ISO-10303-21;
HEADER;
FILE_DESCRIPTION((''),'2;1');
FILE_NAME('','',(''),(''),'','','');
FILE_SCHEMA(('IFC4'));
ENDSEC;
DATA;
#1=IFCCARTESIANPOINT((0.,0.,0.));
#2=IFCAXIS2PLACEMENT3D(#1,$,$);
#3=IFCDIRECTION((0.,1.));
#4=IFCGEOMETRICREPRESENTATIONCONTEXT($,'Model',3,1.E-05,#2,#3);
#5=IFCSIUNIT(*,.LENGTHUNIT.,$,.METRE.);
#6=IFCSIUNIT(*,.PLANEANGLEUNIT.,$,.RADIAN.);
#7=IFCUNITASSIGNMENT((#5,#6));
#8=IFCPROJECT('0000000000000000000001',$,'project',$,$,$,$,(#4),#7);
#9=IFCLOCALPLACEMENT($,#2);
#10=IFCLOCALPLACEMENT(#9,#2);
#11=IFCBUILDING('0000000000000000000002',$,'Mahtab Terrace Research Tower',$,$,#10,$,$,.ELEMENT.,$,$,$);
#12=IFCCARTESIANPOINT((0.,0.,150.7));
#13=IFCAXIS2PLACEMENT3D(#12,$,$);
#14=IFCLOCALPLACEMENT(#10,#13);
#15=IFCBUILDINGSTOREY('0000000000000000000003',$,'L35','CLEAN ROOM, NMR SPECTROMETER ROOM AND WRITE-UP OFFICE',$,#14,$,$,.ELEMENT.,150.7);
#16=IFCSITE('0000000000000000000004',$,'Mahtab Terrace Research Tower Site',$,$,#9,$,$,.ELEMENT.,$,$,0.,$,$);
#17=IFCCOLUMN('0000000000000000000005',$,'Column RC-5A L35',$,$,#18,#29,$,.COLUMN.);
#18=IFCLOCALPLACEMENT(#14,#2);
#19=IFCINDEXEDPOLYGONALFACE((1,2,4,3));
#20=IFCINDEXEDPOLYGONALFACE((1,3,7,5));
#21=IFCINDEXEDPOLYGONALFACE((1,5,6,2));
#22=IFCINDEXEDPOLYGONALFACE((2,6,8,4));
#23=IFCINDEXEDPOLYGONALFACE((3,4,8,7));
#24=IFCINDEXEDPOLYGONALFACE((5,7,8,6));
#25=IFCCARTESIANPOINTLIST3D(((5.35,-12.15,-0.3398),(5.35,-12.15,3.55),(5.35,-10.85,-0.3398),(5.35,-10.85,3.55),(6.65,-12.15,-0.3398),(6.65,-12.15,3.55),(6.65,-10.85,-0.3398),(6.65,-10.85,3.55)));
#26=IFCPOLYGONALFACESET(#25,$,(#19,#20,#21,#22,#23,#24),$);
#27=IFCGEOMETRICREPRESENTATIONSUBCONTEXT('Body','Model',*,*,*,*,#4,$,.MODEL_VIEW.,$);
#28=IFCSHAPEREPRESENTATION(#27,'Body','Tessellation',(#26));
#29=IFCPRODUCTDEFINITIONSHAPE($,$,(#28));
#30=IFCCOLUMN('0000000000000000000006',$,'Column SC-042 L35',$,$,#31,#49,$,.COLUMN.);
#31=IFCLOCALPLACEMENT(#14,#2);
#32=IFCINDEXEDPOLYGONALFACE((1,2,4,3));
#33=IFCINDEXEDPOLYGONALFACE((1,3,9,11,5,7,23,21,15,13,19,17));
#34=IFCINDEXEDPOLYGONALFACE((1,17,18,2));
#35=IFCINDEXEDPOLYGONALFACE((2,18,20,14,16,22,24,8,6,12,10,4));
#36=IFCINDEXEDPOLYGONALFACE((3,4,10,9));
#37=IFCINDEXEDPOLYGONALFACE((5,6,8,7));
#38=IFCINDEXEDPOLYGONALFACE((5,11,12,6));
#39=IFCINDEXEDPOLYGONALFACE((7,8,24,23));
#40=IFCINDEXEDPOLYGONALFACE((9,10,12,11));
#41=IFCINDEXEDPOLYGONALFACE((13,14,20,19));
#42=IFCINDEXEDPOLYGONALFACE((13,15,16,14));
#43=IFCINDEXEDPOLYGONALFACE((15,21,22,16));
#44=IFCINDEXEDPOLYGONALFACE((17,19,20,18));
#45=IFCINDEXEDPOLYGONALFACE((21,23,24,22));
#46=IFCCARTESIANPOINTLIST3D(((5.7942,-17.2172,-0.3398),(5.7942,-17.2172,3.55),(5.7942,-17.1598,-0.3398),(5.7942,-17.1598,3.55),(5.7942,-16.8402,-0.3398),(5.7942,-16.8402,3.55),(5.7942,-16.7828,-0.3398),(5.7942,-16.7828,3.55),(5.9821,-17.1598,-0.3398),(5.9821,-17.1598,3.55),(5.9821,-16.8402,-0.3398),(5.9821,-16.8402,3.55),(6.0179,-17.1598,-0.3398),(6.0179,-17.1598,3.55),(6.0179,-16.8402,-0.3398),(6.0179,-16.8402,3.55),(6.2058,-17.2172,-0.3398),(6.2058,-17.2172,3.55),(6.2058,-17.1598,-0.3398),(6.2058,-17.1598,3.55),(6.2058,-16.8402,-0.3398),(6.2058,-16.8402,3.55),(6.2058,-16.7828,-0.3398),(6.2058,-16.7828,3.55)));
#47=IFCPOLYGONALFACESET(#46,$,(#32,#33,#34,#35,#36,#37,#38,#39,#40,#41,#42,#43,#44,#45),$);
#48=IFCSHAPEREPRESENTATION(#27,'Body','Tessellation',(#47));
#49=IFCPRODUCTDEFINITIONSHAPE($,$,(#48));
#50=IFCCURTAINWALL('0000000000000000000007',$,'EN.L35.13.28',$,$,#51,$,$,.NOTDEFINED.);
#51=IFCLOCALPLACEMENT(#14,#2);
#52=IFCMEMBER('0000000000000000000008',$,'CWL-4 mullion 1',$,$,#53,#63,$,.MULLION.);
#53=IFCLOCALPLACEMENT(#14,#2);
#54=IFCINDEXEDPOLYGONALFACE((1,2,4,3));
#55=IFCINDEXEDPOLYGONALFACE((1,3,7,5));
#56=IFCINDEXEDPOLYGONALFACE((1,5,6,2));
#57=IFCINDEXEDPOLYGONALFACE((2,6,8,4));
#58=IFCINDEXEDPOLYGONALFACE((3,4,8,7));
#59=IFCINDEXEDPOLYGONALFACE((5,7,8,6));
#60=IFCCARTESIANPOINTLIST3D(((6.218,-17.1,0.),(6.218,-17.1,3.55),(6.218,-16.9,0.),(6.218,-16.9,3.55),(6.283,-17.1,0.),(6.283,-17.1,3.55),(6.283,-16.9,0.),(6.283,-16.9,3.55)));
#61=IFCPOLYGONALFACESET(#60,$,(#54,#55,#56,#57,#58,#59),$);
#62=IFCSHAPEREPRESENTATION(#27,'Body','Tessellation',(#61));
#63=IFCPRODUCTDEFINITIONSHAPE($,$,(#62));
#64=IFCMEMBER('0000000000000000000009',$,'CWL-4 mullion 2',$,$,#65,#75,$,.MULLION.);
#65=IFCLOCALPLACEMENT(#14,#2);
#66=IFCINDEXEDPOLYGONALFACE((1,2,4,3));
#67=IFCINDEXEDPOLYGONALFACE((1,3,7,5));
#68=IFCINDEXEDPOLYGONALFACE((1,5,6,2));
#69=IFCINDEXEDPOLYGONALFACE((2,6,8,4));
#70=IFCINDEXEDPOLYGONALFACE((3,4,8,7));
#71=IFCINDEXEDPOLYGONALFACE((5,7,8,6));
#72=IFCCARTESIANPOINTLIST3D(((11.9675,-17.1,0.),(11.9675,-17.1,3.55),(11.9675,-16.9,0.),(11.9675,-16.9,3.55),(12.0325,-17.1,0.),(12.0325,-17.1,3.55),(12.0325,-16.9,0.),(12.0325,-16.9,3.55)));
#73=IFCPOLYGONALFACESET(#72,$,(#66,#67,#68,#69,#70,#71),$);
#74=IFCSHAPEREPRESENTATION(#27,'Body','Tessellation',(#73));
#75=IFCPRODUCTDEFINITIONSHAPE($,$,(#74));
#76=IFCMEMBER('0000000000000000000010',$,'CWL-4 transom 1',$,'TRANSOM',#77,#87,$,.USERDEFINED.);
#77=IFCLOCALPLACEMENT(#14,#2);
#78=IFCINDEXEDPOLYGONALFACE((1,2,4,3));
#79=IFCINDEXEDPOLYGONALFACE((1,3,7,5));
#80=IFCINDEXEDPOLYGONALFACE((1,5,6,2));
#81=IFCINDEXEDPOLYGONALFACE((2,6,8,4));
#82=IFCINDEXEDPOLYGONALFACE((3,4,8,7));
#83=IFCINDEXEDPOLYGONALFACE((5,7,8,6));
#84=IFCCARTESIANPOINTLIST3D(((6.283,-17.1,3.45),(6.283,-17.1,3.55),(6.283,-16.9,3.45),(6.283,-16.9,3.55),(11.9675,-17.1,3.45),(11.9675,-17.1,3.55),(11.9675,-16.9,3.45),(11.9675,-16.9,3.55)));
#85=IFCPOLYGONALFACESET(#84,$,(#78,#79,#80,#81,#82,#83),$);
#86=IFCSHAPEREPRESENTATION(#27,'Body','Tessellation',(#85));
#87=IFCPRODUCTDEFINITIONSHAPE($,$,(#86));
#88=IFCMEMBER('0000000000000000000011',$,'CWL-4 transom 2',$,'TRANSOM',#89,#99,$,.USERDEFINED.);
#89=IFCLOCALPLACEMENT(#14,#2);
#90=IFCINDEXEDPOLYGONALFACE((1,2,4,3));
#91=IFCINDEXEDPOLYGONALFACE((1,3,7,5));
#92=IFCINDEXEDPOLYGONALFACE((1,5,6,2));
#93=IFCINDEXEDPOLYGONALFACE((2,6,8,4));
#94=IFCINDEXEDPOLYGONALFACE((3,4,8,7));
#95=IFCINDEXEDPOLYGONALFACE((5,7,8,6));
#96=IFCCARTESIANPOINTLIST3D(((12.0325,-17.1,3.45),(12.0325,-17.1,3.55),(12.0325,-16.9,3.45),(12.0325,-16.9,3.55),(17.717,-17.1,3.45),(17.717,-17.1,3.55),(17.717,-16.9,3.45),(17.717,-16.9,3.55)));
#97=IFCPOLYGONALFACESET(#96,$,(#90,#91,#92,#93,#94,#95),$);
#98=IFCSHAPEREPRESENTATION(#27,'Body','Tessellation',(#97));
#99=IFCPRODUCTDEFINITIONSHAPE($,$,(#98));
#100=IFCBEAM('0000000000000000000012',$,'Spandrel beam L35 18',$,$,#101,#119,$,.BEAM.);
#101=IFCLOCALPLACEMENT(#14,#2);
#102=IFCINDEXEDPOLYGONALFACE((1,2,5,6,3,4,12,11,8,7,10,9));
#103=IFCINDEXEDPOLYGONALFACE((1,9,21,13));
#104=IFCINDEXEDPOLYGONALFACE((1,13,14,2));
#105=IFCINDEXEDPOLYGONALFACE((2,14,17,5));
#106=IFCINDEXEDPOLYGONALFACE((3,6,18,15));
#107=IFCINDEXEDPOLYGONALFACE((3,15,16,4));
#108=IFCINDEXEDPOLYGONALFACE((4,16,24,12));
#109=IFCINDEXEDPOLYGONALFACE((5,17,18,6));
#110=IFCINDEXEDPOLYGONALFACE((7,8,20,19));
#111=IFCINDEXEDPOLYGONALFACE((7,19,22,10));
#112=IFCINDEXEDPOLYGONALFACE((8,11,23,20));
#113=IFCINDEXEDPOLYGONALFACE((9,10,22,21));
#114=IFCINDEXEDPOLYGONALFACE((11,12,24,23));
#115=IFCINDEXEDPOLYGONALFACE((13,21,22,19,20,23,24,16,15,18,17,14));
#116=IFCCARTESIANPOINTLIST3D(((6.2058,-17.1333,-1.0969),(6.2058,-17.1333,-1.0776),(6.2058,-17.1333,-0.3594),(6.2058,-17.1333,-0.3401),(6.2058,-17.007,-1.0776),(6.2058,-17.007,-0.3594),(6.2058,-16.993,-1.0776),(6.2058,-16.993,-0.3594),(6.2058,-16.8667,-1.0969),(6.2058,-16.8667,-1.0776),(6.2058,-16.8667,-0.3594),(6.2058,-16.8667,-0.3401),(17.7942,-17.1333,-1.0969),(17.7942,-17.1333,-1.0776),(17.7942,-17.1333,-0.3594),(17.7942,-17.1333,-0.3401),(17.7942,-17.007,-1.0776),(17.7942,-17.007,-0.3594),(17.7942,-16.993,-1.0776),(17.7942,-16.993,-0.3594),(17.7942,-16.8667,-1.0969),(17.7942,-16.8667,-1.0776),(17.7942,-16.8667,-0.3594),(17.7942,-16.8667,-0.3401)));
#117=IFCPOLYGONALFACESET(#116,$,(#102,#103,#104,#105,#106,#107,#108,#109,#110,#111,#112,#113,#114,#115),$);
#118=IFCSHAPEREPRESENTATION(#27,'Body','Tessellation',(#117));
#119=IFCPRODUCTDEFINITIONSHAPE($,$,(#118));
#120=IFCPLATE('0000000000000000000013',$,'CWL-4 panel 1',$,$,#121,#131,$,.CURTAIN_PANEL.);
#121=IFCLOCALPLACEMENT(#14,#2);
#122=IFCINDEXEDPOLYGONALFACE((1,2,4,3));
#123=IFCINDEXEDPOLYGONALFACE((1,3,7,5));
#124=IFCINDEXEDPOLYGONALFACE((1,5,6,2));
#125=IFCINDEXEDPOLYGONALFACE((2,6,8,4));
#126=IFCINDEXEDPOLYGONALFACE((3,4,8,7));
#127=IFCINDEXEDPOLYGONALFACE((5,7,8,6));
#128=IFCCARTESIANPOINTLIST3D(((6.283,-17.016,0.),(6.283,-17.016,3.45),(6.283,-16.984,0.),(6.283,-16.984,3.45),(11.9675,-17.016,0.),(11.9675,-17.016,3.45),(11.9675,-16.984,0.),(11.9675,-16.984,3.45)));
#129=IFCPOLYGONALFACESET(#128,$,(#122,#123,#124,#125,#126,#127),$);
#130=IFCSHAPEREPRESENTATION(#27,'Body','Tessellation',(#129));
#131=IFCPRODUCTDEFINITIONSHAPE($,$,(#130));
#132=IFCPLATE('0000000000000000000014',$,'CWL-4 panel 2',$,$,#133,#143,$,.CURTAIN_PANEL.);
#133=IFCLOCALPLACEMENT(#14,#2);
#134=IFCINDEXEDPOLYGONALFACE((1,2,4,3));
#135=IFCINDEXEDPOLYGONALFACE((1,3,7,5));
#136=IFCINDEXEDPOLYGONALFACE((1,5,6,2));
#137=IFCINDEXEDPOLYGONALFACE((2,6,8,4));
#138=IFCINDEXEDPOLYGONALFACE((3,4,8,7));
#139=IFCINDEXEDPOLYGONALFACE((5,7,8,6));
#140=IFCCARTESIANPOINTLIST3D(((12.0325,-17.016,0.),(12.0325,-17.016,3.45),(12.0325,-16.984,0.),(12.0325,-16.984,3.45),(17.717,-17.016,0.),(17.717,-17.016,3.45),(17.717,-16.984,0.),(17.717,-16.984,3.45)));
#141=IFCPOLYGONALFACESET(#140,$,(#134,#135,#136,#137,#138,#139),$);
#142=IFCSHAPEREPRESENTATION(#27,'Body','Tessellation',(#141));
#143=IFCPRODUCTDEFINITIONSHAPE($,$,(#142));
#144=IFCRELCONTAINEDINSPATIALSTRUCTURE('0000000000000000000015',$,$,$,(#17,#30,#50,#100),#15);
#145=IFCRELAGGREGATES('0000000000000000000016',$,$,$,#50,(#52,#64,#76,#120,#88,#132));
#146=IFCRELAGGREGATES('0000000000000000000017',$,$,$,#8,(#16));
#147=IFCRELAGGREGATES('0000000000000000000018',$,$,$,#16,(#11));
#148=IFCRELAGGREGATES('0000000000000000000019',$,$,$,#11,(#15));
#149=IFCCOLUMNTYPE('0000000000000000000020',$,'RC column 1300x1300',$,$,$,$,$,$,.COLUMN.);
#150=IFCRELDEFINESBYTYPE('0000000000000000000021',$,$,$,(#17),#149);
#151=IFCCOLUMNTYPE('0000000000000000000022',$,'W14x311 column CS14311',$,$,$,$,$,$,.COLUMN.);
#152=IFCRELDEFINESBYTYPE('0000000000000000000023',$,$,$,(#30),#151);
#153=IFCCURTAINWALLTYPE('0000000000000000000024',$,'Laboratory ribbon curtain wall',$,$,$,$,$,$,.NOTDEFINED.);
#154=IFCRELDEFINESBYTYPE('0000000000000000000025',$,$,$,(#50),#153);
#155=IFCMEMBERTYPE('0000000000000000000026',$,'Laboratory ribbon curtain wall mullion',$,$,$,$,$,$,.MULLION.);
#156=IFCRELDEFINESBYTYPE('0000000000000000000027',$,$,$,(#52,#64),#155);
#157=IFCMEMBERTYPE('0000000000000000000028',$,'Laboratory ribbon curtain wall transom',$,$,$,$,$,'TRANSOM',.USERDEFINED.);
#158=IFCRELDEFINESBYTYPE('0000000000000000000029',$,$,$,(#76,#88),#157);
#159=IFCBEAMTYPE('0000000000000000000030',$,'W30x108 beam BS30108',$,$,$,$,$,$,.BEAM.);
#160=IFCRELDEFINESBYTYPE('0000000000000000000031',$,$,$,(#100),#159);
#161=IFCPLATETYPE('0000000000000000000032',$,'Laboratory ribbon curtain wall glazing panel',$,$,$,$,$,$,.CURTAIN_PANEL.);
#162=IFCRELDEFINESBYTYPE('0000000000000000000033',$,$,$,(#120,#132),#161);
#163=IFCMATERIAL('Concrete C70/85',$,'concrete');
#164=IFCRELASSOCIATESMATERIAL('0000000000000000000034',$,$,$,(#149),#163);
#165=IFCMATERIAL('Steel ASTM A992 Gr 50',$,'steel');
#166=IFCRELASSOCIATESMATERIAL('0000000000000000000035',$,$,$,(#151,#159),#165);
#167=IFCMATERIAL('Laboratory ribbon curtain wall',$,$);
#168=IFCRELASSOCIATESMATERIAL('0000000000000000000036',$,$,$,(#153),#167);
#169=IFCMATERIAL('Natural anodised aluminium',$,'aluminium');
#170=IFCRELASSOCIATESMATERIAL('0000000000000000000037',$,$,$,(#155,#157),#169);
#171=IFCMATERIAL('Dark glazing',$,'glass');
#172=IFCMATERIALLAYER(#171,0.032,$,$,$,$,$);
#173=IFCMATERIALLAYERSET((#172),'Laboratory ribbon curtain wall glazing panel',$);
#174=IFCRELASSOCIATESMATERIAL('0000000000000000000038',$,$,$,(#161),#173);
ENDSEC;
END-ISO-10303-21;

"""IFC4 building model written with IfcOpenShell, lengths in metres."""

from ifc_helpers import new_model, si_unit, direction, frame, origin, origin_2d, place, context, subcontext, project, spatial, rectangle, i_section, extrude, material, layer, layer_set, material_profile, profile_set, type_object, element, aggregate, save


model = new_model("IFC4")

# Units and contexts
model_context = context("Model", 3, precision=1e-05, world=origin(), true_north=direction((0.0, 1.0)))
body_context = subcontext(model_context, "Body", "Model", "MODEL_VIEW")
ifc_project = project(units=[si_unit("LENGTHUNIT", "METRE"), si_unit("PLANEANGLEUNIT", "RADIAN")], contexts=[model_context])

# Site, building, storey
site_placement = place(None, origin())
site = spatial("IfcSite", under=ifc_project, at=site_placement, Name="Mahtab Terrace Research Tower Site", CompositionType="ELEMENT", RefElevation=0.0)
building_placement = place(site_placement, origin())
building = spatial("IfcBuilding", under=site, at=building_placement, Name="Mahtab Terrace Research Tower", CompositionType="ELEMENT")
storey_placement = place(building_placement, frame((0.0, 0.0, 150.7)))
storey = spatial("IfcBuildingStorey", under=building, at=storey_placement, Name="L35", Description="CLEAN ROOM, NMR SPECTROMETER ROOM AND WRITE-UP OFFICE", CompositionType="ELEMENT", Elevation=150.7)

# Columns
ifc_material_1 = material(Name="Concrete C70/85", Category="concrete")
ifc_material_profile_1 = material_profile(ifc_material_1, rectangle(XDim=1.3, YDim=1.3, at=origin_2d()), Name="RC column 1300x1300")
ifc_profile_set_1 = profile_set([ifc_material_profile_1], Name="Concrete C70/85")
column_type_1 = type_object("IfcColumnType", Name="RC column 1300x1300", PredefinedType="COLUMN", material=ifc_profile_set_1)
column_1_placement = place(storey_placement, frame((6.0, -11.5, -0.3398), z_axis=(0.0, 0.0, 1.0), x_axis=(1.0, 0.0, 0.0)))
element("IfcColumn", 1, at=column_1_placement, inside=storey, type_object=column_type_1, Name="Column RC-5A L35", PredefinedType="COLUMN", context=body_context, shape_type="SweptSolid", body=[
    extrude(rectangle(XDim=1.3, YDim=1.3, at=origin_2d()), origin(), (0.0, 0.0, 1.0), 3.8899),
])
ifc_material_2 = material(Name="Steel ASTM A992 Gr 50", Category="steel")
ifc_material_profile_2 = material_profile(ifc_material_2, i_section(OverallWidth=0.4116, OverallDepth=0.4343, WebThickness=0.0359, FlangeThickness=0.0574, at=origin_2d()), Name="W14X311")
ifc_profile_set_2 = profile_set([ifc_material_profile_2], Name="Steel ASTM A992 Gr 50")
column_type_2 = type_object("IfcColumnType", Name="W14x311 column CS14311", PredefinedType="COLUMN", material=ifc_profile_set_2)
column_2_placement = place(storey_placement, frame((6.0, -17.0, -0.3398), z_axis=(0.0, 0.0, 1.0), x_axis=(1.0, 0.0, 0.0)))
element("IfcColumn", 2, at=column_2_placement, inside=storey, type_object=column_type_2, Name="Column SC-042 L35", PredefinedType="COLUMN", context=body_context, shape_type="SweptSolid", body=[
    extrude(i_section(OverallWidth=0.4116, OverallDepth=0.4343, WebThickness=0.0359, FlangeThickness=0.0574, at=origin_2d()), origin(), (0.0, 0.0, 1.0), 3.8899),
])

# Curtain wall, members
ifc_material_3 = material(Name="Laboratory ribbon curtain wall")
curtain_wall_type = type_object("IfcCurtainWallType", Name="Laboratory ribbon curtain wall", PredefinedType="NOTDEFINED", material=ifc_material_3)
curtain_wall_placement = place(storey_placement, origin())
curtain_wall = element("IfcCurtainWall", 3, at=curtain_wall_placement, inside=storey, type_object=curtain_wall_type, Name="EN.L35.13.28", PredefinedType="NOTDEFINED")
ifc_material_4 = material(Name="Natural anodised aluminium", Category="aluminium")
ifc_material_profile_3 = material_profile(ifc_material_4, rectangle(XDim=0.2, YDim=0.0649, at=origin_2d()), Name="MULLION 65x200")
ifc_profile_set_3 = profile_set([ifc_material_profile_3], Name="Natural anodised aluminium")
member_type_1 = type_object("IfcMemberType", Name="Laboratory ribbon curtain wall mullion", PredefinedType="MULLION", material=ifc_profile_set_3)
member_1_placement = place(storey_placement, frame((6.2505, -17.0, 0.0), z_axis=(0.0, 0.0, 1.0), x_axis=(0.0, 1.0, 0.0)))
member_1 = element("IfcMember", 4, at=member_1_placement, type_object=member_type_1, Name="CWL-4 mullion 1", PredefinedType="MULLION", context=body_context, shape_type="SweptSolid", body=[
    extrude(rectangle(XDim=0.2, YDim=0.0649, at=origin_2d()), origin(), (0.0, 0.0, 1.0), 3.55),
])
member_2_placement = place(storey_placement, frame((12.0, -17.0, 0.0), z_axis=(0.0, 0.0, 1.0), x_axis=(0.0, 1.0, 0.0)))
member_2 = element("IfcMember", 5, at=member_2_placement, type_object=member_type_1, Name="CWL-4 mullion 2", PredefinedType="MULLION", context=body_context, shape_type="SweptSolid", body=[
    extrude(rectangle(XDim=0.2, YDim=0.0649, at=origin_2d()), origin(), (0.0, 0.0, 1.0), 3.55),
])
ifc_material_profile_4 = material_profile(ifc_material_4, rectangle(XDim=0.2, YDim=0.1001, at=origin_2d()), Name="TRANSOM 100x200")
ifc_profile_set_4 = profile_set([ifc_material_profile_4], Name="Natural anodised aluminium")
member_type_2 = type_object("IfcMemberType", Name="Laboratory ribbon curtain wall transom", ElementType="TRANSOM", PredefinedType="USERDEFINED", material=ifc_profile_set_4)
member_3_placement = place(storey_placement, frame((6.283, -17.0, 3.5), z_axis=(1.0, 0.0, 0.0), x_axis=(0.0, 1.0, 0.0)))
member_3 = element("IfcMember", 6, at=member_3_placement, type_object=member_type_2, Name="CWL-4 transom 1", ObjectType="TRANSOM", PredefinedType="USERDEFINED", context=body_context, shape_type="SweptSolid", body=[
    extrude(rectangle(XDim=0.2, YDim=0.1001, at=origin_2d()), origin(), (0.0, 0.0, 1.0), 5.6846),
])
member_4_placement = place(storey_placement, frame((12.0325, -17.0, 3.5), z_axis=(1.0, 0.0, 0.0), x_axis=(0.0, 1.0, 0.0)))
member_4 = element("IfcMember", 7, at=member_4_placement, type_object=member_type_2, Name="CWL-4 transom 2", ObjectType="TRANSOM", PredefinedType="USERDEFINED", context=body_context, shape_type="SweptSolid", body=[
    extrude(rectangle(XDim=0.2, YDim=0.1001, at=origin_2d()), origin(), (0.0, 0.0, 1.0), 5.6846),
])

# Beam
ifc_material_profile_5 = material_profile(ifc_material_2, i_section(OverallWidth=0.2666, OverallDepth=0.7568, WebThickness=0.0139, FlangeThickness=0.0193, at=origin_2d()), Name="W30X108")
ifc_profile_set_5 = profile_set([ifc_material_profile_5], Name="Steel ASTM A992 Gr 50")
beam_type = type_object("IfcBeamType", Name="W30x108 beam BS30108", PredefinedType="BEAM", material=ifc_profile_set_5)
beam_placement = place(storey_placement, frame((6.2058, -17.0, -0.7185), z_axis=(1.0, 0.0, 0.0), x_axis=(0.0, 1.0, 0.0)))
element("IfcBeam", 8, at=beam_placement, inside=storey, type_object=beam_type, Name="Spandrel beam L35 18", PredefinedType="BEAM", context=body_context, shape_type="SweptSolid", body=[
    extrude(i_section(OverallWidth=0.2666, OverallDepth=0.7568, WebThickness=0.0139, FlangeThickness=0.0193, at=origin_2d()), origin(), (0.0, 0.0, 1.0), 11.5884),
])

# Plates
ifc_material_5 = material(Name="Dark glazing", Category="glass")
ifc_layer_1 = layer(ifc_material_5, 0.032)
ifc_layer_set_1 = layer_set([ifc_layer_1], Name="Laboratory ribbon curtain wall glazing panel")
plate_type = type_object("IfcPlateType", Name="Laboratory ribbon curtain wall glazing panel", PredefinedType="CURTAIN_PANEL", material=ifc_layer_set_1)
plate_1_placement = place(storey_placement, frame((9.1252, -17.0, 0.0), z_axis=(0.0, 0.0, 1.0), x_axis=(1.0, 0.0, 0.0)))
plate_1 = element("IfcPlate", 9, at=plate_1_placement, type_object=plate_type, Name="CWL-4 panel 1", PredefinedType="CURTAIN_PANEL", context=body_context, shape_type="SweptSolid", body=[
    extrude(rectangle(XDim=5.6846, YDim=0.032, at=origin_2d()), origin(), (0.0, 0.0, 1.0), 3.45),
])
plate_2_placement = place(storey_placement, frame((14.8748, -17.0, 0.0), z_axis=(0.0, 0.0, 1.0), x_axis=(1.0, 0.0, 0.0)))
plate_2 = element("IfcPlate", 10, at=plate_2_placement, type_object=plate_type, Name="CWL-4 panel 2", PredefinedType="CURTAIN_PANEL", context=body_context, shape_type="SweptSolid", body=[
    extrude(rectangle(XDim=5.6846, YDim=0.032, at=origin_2d()), origin(), (0.0, 0.0, 1.0), 3.45),
])
aggregate(curtain_wall, [member_1, member_2, member_3, plate_1, member_4, plate_2])

save(model, "model.ifc")
